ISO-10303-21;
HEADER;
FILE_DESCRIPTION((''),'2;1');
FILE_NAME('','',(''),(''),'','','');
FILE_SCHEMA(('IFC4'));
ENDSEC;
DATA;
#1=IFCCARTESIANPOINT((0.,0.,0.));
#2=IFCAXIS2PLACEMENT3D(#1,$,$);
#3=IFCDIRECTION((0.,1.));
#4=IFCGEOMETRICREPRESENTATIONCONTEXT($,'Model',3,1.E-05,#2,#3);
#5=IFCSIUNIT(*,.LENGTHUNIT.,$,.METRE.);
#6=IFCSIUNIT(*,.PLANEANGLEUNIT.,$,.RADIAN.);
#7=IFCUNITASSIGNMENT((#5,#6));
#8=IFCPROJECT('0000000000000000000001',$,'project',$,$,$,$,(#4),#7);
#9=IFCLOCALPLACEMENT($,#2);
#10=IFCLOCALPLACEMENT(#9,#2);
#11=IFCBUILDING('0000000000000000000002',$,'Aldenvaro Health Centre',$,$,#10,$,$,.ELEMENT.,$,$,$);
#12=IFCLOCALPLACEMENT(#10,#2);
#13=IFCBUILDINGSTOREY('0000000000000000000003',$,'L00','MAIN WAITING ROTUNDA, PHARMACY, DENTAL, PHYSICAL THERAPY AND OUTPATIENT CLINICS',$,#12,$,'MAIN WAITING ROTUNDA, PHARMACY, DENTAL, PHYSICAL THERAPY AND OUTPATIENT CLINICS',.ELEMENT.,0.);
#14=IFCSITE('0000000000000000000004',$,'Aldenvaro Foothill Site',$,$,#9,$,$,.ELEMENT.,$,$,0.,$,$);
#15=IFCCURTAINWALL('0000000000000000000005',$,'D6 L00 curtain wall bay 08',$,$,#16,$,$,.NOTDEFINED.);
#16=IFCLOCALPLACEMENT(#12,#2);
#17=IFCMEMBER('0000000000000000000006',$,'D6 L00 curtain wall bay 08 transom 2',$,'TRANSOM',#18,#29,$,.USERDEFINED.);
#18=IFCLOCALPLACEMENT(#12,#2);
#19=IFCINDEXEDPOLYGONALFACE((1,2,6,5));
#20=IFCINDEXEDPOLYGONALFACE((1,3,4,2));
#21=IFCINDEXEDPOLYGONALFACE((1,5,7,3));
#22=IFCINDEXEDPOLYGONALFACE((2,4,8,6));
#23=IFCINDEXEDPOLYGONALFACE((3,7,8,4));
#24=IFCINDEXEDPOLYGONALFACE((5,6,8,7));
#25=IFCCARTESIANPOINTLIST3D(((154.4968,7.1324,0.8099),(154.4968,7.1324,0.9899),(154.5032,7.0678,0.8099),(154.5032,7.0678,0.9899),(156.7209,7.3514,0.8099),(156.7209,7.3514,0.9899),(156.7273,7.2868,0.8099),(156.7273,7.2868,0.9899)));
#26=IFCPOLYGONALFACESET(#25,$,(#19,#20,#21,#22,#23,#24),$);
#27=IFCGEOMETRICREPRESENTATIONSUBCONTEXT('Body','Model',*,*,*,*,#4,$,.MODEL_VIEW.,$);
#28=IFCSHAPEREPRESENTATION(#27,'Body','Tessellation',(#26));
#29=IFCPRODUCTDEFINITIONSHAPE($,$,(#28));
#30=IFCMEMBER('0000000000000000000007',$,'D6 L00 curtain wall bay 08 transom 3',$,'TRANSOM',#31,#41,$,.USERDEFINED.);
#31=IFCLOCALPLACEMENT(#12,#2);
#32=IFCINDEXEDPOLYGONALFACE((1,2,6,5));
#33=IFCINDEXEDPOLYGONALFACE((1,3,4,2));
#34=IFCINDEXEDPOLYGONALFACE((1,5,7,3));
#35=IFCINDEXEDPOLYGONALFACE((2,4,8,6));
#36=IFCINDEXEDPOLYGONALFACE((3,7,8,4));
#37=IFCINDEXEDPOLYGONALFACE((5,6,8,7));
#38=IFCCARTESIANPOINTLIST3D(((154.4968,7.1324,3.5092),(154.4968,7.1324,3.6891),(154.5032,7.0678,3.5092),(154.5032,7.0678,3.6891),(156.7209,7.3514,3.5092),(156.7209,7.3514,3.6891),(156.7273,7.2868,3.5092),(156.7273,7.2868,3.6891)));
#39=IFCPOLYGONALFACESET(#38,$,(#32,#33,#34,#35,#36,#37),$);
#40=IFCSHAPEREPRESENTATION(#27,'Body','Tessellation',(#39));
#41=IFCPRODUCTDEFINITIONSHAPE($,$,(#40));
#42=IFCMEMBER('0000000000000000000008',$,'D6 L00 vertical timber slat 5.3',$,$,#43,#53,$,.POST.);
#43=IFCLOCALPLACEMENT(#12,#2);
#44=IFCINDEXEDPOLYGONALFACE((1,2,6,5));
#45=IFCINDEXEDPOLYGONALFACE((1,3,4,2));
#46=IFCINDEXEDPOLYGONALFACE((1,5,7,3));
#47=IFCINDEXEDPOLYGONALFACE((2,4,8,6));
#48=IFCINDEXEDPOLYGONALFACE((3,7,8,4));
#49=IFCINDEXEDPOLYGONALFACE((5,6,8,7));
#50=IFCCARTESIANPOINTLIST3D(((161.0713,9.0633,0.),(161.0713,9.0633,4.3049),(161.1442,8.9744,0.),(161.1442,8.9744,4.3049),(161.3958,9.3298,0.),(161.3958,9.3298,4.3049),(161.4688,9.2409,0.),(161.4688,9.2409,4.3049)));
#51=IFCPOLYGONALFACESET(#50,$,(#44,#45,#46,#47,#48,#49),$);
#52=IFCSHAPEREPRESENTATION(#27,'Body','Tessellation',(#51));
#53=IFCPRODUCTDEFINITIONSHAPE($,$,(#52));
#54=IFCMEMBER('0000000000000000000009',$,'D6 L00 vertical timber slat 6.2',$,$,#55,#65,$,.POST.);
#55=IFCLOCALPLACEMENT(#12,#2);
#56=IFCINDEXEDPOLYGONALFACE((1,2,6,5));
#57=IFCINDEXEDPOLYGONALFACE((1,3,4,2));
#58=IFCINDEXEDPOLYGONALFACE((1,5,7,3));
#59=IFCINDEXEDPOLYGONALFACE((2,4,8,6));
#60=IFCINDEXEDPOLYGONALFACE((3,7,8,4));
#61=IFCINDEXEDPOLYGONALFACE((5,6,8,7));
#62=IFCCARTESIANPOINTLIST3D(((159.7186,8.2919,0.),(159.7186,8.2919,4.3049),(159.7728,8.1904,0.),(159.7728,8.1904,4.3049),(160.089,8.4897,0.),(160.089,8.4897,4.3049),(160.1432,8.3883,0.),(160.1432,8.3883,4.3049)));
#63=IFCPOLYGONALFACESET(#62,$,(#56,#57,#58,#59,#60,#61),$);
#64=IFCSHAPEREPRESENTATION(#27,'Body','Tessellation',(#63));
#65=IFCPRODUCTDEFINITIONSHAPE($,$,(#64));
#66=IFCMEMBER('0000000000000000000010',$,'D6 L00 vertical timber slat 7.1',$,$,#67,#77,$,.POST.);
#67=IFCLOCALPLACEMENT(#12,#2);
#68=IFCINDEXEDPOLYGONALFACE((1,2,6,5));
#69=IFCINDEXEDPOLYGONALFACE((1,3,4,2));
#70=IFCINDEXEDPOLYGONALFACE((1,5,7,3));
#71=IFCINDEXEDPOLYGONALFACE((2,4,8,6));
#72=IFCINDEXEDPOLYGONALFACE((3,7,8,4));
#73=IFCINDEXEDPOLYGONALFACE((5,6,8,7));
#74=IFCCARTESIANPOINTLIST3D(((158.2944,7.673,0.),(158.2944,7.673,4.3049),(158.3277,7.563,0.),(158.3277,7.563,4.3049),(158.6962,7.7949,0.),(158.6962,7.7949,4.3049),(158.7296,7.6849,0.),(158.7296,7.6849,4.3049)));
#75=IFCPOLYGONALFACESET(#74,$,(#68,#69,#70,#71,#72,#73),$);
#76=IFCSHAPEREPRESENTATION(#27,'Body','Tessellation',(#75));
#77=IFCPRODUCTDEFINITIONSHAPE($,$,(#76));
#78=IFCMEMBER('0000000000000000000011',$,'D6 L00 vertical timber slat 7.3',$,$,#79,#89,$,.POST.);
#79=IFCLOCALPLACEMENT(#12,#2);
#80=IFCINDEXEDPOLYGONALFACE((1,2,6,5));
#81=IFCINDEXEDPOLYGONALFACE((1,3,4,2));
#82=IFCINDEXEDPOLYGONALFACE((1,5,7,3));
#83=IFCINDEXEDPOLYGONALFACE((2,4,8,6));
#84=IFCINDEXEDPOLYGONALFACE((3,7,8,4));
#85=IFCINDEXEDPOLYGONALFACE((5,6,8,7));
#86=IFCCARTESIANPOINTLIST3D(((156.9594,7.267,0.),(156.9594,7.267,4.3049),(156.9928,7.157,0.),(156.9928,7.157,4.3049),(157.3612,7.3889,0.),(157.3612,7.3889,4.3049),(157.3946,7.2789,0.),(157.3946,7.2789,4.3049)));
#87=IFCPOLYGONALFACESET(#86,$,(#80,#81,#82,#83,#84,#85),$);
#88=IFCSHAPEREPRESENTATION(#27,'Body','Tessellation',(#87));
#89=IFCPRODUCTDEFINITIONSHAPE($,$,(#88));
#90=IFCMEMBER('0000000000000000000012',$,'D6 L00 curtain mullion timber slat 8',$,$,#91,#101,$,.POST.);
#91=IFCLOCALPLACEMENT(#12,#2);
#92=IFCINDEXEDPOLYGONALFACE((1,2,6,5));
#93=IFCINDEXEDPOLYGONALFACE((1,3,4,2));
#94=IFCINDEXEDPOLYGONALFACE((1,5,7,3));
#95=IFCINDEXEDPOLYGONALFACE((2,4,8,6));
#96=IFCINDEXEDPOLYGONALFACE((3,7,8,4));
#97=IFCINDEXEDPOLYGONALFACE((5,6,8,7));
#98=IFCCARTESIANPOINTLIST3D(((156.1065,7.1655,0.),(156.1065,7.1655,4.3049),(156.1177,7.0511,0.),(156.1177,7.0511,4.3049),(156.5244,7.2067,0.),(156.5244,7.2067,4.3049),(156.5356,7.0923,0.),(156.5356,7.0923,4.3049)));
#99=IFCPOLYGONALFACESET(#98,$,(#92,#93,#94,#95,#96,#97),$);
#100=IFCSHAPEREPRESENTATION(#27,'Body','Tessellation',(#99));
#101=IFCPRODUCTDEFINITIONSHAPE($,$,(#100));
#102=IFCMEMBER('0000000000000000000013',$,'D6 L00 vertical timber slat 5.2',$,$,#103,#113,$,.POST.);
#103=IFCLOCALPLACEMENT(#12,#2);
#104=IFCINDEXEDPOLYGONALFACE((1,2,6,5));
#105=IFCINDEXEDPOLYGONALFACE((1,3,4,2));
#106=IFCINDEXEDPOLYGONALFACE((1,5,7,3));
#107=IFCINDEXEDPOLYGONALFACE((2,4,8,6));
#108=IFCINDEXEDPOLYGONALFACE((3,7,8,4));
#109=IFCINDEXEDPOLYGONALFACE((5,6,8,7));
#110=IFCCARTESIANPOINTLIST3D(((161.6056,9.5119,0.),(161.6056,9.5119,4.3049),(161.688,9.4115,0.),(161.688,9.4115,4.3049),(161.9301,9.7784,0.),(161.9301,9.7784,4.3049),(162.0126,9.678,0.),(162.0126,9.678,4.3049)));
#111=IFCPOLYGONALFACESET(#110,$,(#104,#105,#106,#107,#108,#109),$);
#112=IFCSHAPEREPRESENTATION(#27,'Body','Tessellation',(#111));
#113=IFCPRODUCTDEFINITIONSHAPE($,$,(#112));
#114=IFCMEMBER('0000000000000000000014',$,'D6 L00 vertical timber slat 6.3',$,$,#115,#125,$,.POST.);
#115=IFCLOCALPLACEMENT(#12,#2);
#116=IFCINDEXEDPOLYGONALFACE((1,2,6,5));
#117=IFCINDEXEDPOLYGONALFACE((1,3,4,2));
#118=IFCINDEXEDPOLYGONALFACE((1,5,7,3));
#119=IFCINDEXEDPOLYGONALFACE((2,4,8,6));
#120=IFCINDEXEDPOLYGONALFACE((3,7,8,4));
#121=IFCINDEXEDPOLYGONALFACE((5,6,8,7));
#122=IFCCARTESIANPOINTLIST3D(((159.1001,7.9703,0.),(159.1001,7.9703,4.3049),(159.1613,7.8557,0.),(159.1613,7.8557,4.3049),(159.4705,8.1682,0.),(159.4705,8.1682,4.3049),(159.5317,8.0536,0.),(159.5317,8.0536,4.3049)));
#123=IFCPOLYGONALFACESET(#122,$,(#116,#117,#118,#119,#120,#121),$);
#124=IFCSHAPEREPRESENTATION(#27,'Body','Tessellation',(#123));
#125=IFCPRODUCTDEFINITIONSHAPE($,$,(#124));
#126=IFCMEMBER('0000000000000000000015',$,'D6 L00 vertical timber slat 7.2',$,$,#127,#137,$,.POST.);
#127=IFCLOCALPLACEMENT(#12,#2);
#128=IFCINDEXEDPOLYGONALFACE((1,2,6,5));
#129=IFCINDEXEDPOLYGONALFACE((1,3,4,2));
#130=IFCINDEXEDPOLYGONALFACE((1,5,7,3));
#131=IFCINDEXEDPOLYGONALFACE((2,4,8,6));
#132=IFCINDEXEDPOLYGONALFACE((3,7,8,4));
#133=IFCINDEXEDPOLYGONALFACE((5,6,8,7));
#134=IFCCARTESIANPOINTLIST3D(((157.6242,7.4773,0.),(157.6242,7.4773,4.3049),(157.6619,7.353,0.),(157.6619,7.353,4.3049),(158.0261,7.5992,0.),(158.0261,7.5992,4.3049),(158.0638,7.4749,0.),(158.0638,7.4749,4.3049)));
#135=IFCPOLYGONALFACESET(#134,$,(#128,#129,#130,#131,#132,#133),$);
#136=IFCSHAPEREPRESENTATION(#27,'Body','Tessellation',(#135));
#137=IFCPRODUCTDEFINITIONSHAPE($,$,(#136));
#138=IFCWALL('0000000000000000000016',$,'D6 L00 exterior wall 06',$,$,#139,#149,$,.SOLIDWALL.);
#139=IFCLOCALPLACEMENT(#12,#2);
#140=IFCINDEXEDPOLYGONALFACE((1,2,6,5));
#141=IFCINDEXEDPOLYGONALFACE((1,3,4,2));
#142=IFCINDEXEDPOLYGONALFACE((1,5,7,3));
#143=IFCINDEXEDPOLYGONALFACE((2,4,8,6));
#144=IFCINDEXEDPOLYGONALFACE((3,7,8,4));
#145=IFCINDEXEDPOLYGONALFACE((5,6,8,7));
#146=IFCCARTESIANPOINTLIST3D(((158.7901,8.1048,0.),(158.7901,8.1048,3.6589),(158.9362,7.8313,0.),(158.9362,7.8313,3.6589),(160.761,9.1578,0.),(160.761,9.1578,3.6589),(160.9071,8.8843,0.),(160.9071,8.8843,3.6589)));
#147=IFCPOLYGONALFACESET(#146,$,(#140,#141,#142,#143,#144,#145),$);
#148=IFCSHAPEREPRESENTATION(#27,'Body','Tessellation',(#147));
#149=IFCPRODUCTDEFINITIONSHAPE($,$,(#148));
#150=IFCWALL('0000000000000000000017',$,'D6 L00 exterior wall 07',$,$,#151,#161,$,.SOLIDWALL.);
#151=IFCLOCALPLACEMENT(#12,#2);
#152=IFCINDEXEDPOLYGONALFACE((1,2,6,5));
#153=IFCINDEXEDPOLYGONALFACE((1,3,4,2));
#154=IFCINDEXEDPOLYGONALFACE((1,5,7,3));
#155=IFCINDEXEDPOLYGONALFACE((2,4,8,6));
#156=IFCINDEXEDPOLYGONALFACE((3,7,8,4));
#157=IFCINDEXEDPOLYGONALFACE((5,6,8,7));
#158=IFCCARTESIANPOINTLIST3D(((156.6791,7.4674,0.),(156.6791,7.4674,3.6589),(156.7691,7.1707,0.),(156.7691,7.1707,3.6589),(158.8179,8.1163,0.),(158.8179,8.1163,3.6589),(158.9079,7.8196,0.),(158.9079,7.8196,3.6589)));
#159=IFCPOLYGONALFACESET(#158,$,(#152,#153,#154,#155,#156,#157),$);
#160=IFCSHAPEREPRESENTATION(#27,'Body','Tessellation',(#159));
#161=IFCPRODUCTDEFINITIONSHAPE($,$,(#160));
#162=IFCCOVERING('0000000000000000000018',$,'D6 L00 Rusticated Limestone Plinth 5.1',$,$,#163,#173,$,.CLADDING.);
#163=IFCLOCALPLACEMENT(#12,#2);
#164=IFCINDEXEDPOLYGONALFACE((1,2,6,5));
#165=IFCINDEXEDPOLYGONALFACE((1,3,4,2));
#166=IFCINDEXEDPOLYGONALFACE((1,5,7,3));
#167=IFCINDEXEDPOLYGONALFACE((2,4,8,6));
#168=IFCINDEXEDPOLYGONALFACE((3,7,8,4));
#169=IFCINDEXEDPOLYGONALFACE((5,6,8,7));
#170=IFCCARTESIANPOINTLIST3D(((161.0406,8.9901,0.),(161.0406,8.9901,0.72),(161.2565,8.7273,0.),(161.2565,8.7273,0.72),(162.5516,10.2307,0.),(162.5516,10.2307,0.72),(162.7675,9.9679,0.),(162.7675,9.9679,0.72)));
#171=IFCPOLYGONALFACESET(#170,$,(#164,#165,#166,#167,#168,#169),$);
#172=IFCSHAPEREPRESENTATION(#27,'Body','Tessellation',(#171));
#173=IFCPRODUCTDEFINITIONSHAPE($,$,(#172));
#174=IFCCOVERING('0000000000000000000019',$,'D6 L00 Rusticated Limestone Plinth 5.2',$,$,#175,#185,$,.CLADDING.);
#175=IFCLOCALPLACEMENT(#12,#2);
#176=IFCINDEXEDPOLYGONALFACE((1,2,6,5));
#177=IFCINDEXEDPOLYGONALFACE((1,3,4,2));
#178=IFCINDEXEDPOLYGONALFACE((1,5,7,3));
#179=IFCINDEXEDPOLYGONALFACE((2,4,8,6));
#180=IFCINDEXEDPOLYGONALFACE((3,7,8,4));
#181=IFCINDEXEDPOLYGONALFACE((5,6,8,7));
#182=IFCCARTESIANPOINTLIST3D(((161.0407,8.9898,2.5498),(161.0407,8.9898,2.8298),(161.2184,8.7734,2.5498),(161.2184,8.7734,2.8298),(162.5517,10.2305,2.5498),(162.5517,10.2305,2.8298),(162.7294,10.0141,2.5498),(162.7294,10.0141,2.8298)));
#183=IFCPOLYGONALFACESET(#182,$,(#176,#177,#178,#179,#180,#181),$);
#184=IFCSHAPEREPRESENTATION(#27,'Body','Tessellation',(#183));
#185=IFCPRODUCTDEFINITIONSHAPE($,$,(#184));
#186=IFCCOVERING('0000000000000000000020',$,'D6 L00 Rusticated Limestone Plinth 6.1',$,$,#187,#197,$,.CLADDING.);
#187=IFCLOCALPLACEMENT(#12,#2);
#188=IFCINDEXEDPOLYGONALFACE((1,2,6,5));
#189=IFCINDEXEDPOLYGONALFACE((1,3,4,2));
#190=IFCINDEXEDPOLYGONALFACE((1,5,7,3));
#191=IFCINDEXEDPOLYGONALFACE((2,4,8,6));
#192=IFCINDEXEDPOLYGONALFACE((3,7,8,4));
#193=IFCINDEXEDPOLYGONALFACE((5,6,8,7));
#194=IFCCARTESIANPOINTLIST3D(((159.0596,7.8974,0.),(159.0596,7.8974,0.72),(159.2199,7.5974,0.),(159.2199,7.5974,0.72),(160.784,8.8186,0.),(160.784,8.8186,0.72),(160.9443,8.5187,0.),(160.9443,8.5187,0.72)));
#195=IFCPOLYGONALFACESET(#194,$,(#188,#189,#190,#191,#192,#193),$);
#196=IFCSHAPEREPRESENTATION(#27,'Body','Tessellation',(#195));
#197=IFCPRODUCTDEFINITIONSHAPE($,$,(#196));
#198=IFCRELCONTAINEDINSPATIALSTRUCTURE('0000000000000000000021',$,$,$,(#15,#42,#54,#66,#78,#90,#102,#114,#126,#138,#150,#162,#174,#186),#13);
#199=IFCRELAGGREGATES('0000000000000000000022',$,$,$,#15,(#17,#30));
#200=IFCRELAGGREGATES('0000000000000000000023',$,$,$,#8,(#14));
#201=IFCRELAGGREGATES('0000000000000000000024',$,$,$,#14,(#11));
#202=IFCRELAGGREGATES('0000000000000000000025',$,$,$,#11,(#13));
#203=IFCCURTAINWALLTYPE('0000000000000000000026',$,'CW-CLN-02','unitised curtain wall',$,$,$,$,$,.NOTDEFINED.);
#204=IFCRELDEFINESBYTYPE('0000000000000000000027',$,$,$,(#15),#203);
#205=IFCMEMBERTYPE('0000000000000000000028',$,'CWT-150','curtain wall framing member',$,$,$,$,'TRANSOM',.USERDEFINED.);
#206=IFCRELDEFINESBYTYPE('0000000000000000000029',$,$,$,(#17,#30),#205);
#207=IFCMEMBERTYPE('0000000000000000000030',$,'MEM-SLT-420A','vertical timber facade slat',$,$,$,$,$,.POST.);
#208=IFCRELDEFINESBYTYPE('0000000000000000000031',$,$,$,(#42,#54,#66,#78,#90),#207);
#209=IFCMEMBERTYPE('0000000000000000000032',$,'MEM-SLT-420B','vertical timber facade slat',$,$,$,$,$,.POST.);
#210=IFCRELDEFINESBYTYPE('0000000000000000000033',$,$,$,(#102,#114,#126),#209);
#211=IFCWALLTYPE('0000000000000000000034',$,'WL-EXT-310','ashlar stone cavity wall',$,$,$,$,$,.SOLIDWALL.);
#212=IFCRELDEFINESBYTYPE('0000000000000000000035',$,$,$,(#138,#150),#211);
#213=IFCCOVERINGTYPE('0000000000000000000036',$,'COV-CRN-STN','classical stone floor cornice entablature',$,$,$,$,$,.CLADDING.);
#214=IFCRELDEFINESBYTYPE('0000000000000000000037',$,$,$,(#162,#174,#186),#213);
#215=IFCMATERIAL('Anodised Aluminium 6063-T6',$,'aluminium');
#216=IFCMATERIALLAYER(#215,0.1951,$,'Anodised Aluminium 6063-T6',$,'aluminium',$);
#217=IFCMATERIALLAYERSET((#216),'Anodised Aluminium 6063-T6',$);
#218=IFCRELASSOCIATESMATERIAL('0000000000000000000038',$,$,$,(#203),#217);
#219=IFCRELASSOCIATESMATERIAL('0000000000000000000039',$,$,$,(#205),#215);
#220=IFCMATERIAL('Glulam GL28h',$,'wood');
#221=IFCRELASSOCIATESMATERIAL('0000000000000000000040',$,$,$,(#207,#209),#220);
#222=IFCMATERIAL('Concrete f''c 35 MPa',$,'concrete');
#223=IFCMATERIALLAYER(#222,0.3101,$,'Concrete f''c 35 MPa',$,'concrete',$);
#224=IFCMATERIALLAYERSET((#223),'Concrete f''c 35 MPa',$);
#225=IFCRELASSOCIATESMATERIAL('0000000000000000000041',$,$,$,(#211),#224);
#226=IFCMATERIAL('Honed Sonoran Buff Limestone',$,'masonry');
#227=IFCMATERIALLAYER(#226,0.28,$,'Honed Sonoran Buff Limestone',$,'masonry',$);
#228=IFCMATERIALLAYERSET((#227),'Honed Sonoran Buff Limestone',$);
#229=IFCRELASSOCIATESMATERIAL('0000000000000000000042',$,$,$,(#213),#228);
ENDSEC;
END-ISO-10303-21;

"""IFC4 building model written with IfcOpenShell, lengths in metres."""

from ifc_helpers import new_model, si_unit, direction, frame, frame_2d, origin, origin_2d, place, context, subcontext, project, spatial, rectangle, extrude, material, layer, layer_set, material_profile, profile_set, type_object, element, aggregate, save


model = new_model("IFC4")

# Units and contexts
model_context = context("Model", 3, precision=1e-05, world=origin(), true_north=direction((0.0, 1.0)))
body_context = subcontext(model_context, "Body", "Model", "MODEL_VIEW")
ifc_project = project(units=[si_unit("LENGTHUNIT", "METRE"), si_unit("PLANEANGLEUNIT", "RADIAN")], contexts=[model_context])

# Site, building, storey
site_placement = place(None, origin())
site = spatial("IfcSite", under=ifc_project, at=site_placement, Name="Aldenvaro Foothill Site", CompositionType="ELEMENT", RefElevation=0.0)
building_placement = place(site_placement, origin())
building = spatial("IfcBuilding", under=site, at=building_placement, Name="Aldenvaro Health Centre", CompositionType="ELEMENT")
storey_placement = place(building_placement, origin())
storey = spatial("IfcBuildingStorey", under=building, at=storey_placement, Name="L00", Description="MAIN WAITING ROTUNDA, PHARMACY, DENTAL, PHYSICAL THERAPY AND OUTPATIENT CLINICS", LongName="MAIN WAITING ROTUNDA, PHARMACY, DENTAL, PHYSICAL THERAPY AND OUTPATIENT CLINICS", CompositionType="ELEMENT", Elevation=0.0)

# Shared definitions
ifc_material_1 = material(Name="Glulam GL28h", Category="wood")

# Curtain wall, members
ifc_material_2 = material(Name="Anodised Aluminium 6063-T6", Category="aluminium")
ifc_layer_1 = layer(ifc_material_2, 0.1951, Name="Anodised Aluminium 6063-T6", Category="aluminium")
ifc_layer_set_1 = layer_set([ifc_layer_1], Name="Anodised Aluminium 6063-T6")
curtain_wall_type = type_object("IfcCurtainWallType", Name="CW-CLN-02", Description="unitised curtain wall", PredefinedType="NOTDEFINED", material=ifc_layer_set_1)
curtain_wall_placement = place(storey_placement, origin())
curtain_wall = element("IfcCurtainWall", 1, at=curtain_wall_placement, inside=storey, type_object=curtain_wall_type, Name="D6 L00 curtain wall bay 08", PredefinedType="NOTDEFINED")
ifc_material_profile_1 = material_profile(ifc_material_2, rectangle(XDim=0.0649, YDim=0.1799, at=origin_2d()), Name="ALU 65x180", Category="aluminium")
ifc_profile_set_1 = profile_set([ifc_material_profile_1], Name="Anodised Aluminium 6063-T6")
member_type_1 = type_object("IfcMemberType", Name="CWT-150", Description="curtain wall framing member", ElementType="TRANSOM", PredefinedType="USERDEFINED", material=ifc_profile_set_1)
member_1_placement = place(storey_placement, frame((156.7241, 7.3191, 0.8999), z_axis=(-0.995187, -0.097989, 0.0), x_axis=(0.097989, -0.995187, 0.0)))
member_1 = element("IfcMember", 2, at=member_1_placement, type_object=member_type_1, Name="D6 L00 curtain wall bay 08 transom 2", ObjectType="TRANSOM", PredefinedType="USERDEFINED", context=body_context, shape_type="SweptSolid", body=[
    extrude(rectangle(XDim=0.0649, YDim=0.1799, at=origin_2d()), origin(), (0.0, 0.0, 1.0), 2.2349),
])
member_2_placement = place(storey_placement, frame((156.7241, 7.3191, 3.5991), z_axis=(-0.995187, -0.097989, 0.0), x_axis=(0.097989, -0.995187, 0.0)))
member_2 = element("IfcMember", 3, at=member_2_placement, type_object=member_type_1, Name="D6 L00 curtain wall bay 08 transom 3", ObjectType="TRANSOM", PredefinedType="USERDEFINED", context=body_context, shape_type="SweptSolid", body=[
    extrude(rectangle(XDim=0.0649, YDim=0.1799, at=origin_2d()), origin(), (0.0, 0.0, 1.0), 2.2349),
])
aggregate(curtain_wall, [member_1, member_2])

# Members
ifc_material_profile_2 = material_profile(ifc_material_1, rectangle(XDim=0.115, YDim=0.4199, at=origin_2d()), Name="GL 115x420", Category="wood")
ifc_profile_set_2 = profile_set([ifc_material_profile_2], Name="Glulam GL28h")
member_type_2 = type_object("IfcMemberType", Name="MEM-SLT-420A", Description="vertical timber facade slat", PredefinedType="POST", material=ifc_profile_set_2)
for number, where, z_axis, x_axis, name in (
    (4, (161.27, 9.1521, 0.0), (0.0, 0.0, 1.0), (0.634577, -0.77286, 0.0), "D6 L00 vertical timber slat 5.3"),
    (5, (159.9309, 8.3401, 0.0), (0.0, 0.0, 1.0), (0.471215, -0.882018, 0.0), "D6 L00 vertical timber slat 6.2"),
    (6, (158.512, 7.679, 0.0), (0.0, 0.0, 1.0), (0.290343, -0.956923, 0.0), "D6 L00 vertical timber slat 7.1"),
    (7, (157.177, 7.2729, 0.0), (0.0, 0.0, 1.0), (0.290343, -0.956923, 0.0), "D6 L00 vertical timber slat 7.3"),
    (8, (156.321, 7.1289, 0.0), (0.0, 0.0, 1.0), (0.097997, -0.995187, 0.0), "D6 L00 curtain mullion timber slat 8"),
):
    element("IfcMember", number, at=place(storey_placement, frame(where, z_axis=z_axis, x_axis=x_axis)), inside=storey, type_object=member_type_2, Name=name, PredefinedType="POST", context=body_context, shape_type="SweptSolid", body=[
        extrude(rectangle(XDim=0.115, YDim=0.4199, at=origin_2d()), origin(), (0.0, 0.0, 1.0), 4.3049),
    ])
ifc_material_profile_3 = material_profile(ifc_material_1, rectangle(XDim=0.1299, YDim=0.4199, at=origin_2d()), Name="GL 130x420", Category="wood")
ifc_profile_set_3 = profile_set([ifc_material_profile_3], Name="Glulam GL28h")
member_type_3 = type_object("IfcMemberType", Name="MEM-SLT-420B", Description="vertical timber facade slat", PredefinedType="POST", material=ifc_profile_set_3)
for number, where, z_axis, x_axis, name in (
    (9, (161.8091, 9.595, 0.0), (0.0, 0.0, 1.0), (0.634577, -0.77286, 0.0), "D6 L00 vertical timber slat 5.2"),
    (10, (159.3159, 8.012, 0.0), (0.0, 0.0, 1.0), (0.471215, -0.882018, 0.0), "D6 L00 vertical timber slat 6.3"),
    (11, (157.844, 7.4761, 0.0), (0.0, 0.0, 1.0), (0.290343, -0.956923, 0.0), "D6 L00 vertical timber slat 7.2"),
):
    element("IfcMember", number, at=place(storey_placement, frame(where, z_axis=z_axis, x_axis=x_axis)), inside=storey, type_object=member_type_3, Name=name, PredefinedType="POST", context=body_context, shape_type="SweptSolid", body=[
        extrude(rectangle(XDim=0.1299, YDim=0.4199, at=origin_2d()), origin(), (0.0, 0.0, 1.0), 4.3049),
    ])

# Walls
ifc_material_3 = material(Name="Concrete f'c 35 MPa", Category="concrete")
ifc_layer_2 = layer(ifc_material_3, 0.3101, Name="Concrete f'c 35 MPa", Category="concrete")
ifc_layer_set_2 = layer_set([ifc_layer_2], Name="Concrete f'c 35 MPa")
wall_type = type_object("IfcWallType", Name="WL-EXT-310", Description="ashlar stone cavity wall", PredefinedType="SOLIDWALL", material=ifc_layer_set_2)
wall_1_placement = place(storey_placement, frame((160.834, 9.021, 0.0), z_axis=(0.0, 0.0, 1.0), x_axis=(-0.882017, -0.471218, 0.0)))
element("IfcWall", 12, at=wall_1_placement, inside=storey, type_object=wall_type, Name="D6 L00 exterior wall 06", PredefinedType="SOLIDWALL", context=body_context, shape_type="SweptSolid", body=[
    extrude(rectangle(XDim=2.2346, YDim=0.3101, at=frame_2d((1.1172, 0.0))), origin(), (0.0, 0.0, 1.0), 3.6589),
])
wall_2_placement = place(storey_placement, frame((158.863, 7.968, 0.0), z_axis=(0.0, 0.0, 1.0), x_axis=(-0.956929, -0.290323, 0.0)))
element("IfcWall", 13, at=wall_2_placement, inside=storey, type_object=wall_type, Name="D6 L00 exterior wall 07", PredefinedType="SOLIDWALL", context=body_context, shape_type="SweptSolid", body=[
    extrude(rectangle(XDim=2.2351, YDim=0.3101, at=frame_2d((1.1177, 0.0))), origin(), (0.0, 0.0, 1.0), 3.6589),
])

# Coverings
ifc_material_4 = material(Name="Honed Sonoran Buff Limestone", Category="masonry")
ifc_layer_3 = layer(ifc_material_4, 0.28, Name="Honed Sonoran Buff Limestone", Category="masonry")
ifc_layer_set_3 = layer_set([ifc_layer_3], Name="Honed Sonoran Buff Limestone")
covering_type = type_object("IfcCoveringType", Name="COV-CRN-STN", Description="classical stone floor cornice entablature", PredefinedType="CLADDING", material=ifc_layer_set_3)
covering_1_placement = place(storey_placement, frame((161.9041, 9.479, 0.0), z_axis=(0.0, 0.0, 1.0), x_axis=(-0.77286, -0.634577, 0.0)))
element("IfcCovering", 14, at=covering_1_placement, inside=storey, type_object=covering_type, Name="D6 L00 Rusticated Limestone Plinth 5.1", PredefinedType="CLADDING", context=body_context, shape_type="SweptSolid", body=[
    extrude(rectangle(XDim=1.9551, YDim=0.3401, at=origin_2d()), origin(), (0.0, 0.0, 1.0), 0.72),
])
covering_2_placement = place(storey_placement, frame((161.885, 9.502, 2.5498), z_axis=(0.0, 0.0, 1.0), x_axis=(-0.77286, -0.634577, 0.0)))
element("IfcCovering", 15, at=covering_2_placement, inside=storey, type_object=covering_type, Name="D6 L00 Rusticated Limestone Plinth 5.2", PredefinedType="CLADDING", context=body_context, shape_type="SweptSolid", body=[
    extrude(rectangle(XDim=1.9551, YDim=0.28, at=origin_2d()), origin(), (0.0, 0.0, 1.0), 0.28),
])
covering_3_placement = place(storey_placement, frame((160.002, 8.208, 0.0), z_axis=(0.0, 0.0, 1.0), x_axis=(-0.882018, -0.471215, 0.0)))
element("IfcCovering", 16, at=covering_3_placement, inside=storey, type_object=covering_type, Name="D6 L00 Rusticated Limestone Plinth 6.1", PredefinedType="CLADDING", context=body_context, shape_type="SweptSolid", body=[
    extrude(rectangle(XDim=1.9551, YDim=0.3401, at=origin_2d()), origin(), (0.0, 0.0, 1.0), 0.72),
])

save(model, "model.ifc")
